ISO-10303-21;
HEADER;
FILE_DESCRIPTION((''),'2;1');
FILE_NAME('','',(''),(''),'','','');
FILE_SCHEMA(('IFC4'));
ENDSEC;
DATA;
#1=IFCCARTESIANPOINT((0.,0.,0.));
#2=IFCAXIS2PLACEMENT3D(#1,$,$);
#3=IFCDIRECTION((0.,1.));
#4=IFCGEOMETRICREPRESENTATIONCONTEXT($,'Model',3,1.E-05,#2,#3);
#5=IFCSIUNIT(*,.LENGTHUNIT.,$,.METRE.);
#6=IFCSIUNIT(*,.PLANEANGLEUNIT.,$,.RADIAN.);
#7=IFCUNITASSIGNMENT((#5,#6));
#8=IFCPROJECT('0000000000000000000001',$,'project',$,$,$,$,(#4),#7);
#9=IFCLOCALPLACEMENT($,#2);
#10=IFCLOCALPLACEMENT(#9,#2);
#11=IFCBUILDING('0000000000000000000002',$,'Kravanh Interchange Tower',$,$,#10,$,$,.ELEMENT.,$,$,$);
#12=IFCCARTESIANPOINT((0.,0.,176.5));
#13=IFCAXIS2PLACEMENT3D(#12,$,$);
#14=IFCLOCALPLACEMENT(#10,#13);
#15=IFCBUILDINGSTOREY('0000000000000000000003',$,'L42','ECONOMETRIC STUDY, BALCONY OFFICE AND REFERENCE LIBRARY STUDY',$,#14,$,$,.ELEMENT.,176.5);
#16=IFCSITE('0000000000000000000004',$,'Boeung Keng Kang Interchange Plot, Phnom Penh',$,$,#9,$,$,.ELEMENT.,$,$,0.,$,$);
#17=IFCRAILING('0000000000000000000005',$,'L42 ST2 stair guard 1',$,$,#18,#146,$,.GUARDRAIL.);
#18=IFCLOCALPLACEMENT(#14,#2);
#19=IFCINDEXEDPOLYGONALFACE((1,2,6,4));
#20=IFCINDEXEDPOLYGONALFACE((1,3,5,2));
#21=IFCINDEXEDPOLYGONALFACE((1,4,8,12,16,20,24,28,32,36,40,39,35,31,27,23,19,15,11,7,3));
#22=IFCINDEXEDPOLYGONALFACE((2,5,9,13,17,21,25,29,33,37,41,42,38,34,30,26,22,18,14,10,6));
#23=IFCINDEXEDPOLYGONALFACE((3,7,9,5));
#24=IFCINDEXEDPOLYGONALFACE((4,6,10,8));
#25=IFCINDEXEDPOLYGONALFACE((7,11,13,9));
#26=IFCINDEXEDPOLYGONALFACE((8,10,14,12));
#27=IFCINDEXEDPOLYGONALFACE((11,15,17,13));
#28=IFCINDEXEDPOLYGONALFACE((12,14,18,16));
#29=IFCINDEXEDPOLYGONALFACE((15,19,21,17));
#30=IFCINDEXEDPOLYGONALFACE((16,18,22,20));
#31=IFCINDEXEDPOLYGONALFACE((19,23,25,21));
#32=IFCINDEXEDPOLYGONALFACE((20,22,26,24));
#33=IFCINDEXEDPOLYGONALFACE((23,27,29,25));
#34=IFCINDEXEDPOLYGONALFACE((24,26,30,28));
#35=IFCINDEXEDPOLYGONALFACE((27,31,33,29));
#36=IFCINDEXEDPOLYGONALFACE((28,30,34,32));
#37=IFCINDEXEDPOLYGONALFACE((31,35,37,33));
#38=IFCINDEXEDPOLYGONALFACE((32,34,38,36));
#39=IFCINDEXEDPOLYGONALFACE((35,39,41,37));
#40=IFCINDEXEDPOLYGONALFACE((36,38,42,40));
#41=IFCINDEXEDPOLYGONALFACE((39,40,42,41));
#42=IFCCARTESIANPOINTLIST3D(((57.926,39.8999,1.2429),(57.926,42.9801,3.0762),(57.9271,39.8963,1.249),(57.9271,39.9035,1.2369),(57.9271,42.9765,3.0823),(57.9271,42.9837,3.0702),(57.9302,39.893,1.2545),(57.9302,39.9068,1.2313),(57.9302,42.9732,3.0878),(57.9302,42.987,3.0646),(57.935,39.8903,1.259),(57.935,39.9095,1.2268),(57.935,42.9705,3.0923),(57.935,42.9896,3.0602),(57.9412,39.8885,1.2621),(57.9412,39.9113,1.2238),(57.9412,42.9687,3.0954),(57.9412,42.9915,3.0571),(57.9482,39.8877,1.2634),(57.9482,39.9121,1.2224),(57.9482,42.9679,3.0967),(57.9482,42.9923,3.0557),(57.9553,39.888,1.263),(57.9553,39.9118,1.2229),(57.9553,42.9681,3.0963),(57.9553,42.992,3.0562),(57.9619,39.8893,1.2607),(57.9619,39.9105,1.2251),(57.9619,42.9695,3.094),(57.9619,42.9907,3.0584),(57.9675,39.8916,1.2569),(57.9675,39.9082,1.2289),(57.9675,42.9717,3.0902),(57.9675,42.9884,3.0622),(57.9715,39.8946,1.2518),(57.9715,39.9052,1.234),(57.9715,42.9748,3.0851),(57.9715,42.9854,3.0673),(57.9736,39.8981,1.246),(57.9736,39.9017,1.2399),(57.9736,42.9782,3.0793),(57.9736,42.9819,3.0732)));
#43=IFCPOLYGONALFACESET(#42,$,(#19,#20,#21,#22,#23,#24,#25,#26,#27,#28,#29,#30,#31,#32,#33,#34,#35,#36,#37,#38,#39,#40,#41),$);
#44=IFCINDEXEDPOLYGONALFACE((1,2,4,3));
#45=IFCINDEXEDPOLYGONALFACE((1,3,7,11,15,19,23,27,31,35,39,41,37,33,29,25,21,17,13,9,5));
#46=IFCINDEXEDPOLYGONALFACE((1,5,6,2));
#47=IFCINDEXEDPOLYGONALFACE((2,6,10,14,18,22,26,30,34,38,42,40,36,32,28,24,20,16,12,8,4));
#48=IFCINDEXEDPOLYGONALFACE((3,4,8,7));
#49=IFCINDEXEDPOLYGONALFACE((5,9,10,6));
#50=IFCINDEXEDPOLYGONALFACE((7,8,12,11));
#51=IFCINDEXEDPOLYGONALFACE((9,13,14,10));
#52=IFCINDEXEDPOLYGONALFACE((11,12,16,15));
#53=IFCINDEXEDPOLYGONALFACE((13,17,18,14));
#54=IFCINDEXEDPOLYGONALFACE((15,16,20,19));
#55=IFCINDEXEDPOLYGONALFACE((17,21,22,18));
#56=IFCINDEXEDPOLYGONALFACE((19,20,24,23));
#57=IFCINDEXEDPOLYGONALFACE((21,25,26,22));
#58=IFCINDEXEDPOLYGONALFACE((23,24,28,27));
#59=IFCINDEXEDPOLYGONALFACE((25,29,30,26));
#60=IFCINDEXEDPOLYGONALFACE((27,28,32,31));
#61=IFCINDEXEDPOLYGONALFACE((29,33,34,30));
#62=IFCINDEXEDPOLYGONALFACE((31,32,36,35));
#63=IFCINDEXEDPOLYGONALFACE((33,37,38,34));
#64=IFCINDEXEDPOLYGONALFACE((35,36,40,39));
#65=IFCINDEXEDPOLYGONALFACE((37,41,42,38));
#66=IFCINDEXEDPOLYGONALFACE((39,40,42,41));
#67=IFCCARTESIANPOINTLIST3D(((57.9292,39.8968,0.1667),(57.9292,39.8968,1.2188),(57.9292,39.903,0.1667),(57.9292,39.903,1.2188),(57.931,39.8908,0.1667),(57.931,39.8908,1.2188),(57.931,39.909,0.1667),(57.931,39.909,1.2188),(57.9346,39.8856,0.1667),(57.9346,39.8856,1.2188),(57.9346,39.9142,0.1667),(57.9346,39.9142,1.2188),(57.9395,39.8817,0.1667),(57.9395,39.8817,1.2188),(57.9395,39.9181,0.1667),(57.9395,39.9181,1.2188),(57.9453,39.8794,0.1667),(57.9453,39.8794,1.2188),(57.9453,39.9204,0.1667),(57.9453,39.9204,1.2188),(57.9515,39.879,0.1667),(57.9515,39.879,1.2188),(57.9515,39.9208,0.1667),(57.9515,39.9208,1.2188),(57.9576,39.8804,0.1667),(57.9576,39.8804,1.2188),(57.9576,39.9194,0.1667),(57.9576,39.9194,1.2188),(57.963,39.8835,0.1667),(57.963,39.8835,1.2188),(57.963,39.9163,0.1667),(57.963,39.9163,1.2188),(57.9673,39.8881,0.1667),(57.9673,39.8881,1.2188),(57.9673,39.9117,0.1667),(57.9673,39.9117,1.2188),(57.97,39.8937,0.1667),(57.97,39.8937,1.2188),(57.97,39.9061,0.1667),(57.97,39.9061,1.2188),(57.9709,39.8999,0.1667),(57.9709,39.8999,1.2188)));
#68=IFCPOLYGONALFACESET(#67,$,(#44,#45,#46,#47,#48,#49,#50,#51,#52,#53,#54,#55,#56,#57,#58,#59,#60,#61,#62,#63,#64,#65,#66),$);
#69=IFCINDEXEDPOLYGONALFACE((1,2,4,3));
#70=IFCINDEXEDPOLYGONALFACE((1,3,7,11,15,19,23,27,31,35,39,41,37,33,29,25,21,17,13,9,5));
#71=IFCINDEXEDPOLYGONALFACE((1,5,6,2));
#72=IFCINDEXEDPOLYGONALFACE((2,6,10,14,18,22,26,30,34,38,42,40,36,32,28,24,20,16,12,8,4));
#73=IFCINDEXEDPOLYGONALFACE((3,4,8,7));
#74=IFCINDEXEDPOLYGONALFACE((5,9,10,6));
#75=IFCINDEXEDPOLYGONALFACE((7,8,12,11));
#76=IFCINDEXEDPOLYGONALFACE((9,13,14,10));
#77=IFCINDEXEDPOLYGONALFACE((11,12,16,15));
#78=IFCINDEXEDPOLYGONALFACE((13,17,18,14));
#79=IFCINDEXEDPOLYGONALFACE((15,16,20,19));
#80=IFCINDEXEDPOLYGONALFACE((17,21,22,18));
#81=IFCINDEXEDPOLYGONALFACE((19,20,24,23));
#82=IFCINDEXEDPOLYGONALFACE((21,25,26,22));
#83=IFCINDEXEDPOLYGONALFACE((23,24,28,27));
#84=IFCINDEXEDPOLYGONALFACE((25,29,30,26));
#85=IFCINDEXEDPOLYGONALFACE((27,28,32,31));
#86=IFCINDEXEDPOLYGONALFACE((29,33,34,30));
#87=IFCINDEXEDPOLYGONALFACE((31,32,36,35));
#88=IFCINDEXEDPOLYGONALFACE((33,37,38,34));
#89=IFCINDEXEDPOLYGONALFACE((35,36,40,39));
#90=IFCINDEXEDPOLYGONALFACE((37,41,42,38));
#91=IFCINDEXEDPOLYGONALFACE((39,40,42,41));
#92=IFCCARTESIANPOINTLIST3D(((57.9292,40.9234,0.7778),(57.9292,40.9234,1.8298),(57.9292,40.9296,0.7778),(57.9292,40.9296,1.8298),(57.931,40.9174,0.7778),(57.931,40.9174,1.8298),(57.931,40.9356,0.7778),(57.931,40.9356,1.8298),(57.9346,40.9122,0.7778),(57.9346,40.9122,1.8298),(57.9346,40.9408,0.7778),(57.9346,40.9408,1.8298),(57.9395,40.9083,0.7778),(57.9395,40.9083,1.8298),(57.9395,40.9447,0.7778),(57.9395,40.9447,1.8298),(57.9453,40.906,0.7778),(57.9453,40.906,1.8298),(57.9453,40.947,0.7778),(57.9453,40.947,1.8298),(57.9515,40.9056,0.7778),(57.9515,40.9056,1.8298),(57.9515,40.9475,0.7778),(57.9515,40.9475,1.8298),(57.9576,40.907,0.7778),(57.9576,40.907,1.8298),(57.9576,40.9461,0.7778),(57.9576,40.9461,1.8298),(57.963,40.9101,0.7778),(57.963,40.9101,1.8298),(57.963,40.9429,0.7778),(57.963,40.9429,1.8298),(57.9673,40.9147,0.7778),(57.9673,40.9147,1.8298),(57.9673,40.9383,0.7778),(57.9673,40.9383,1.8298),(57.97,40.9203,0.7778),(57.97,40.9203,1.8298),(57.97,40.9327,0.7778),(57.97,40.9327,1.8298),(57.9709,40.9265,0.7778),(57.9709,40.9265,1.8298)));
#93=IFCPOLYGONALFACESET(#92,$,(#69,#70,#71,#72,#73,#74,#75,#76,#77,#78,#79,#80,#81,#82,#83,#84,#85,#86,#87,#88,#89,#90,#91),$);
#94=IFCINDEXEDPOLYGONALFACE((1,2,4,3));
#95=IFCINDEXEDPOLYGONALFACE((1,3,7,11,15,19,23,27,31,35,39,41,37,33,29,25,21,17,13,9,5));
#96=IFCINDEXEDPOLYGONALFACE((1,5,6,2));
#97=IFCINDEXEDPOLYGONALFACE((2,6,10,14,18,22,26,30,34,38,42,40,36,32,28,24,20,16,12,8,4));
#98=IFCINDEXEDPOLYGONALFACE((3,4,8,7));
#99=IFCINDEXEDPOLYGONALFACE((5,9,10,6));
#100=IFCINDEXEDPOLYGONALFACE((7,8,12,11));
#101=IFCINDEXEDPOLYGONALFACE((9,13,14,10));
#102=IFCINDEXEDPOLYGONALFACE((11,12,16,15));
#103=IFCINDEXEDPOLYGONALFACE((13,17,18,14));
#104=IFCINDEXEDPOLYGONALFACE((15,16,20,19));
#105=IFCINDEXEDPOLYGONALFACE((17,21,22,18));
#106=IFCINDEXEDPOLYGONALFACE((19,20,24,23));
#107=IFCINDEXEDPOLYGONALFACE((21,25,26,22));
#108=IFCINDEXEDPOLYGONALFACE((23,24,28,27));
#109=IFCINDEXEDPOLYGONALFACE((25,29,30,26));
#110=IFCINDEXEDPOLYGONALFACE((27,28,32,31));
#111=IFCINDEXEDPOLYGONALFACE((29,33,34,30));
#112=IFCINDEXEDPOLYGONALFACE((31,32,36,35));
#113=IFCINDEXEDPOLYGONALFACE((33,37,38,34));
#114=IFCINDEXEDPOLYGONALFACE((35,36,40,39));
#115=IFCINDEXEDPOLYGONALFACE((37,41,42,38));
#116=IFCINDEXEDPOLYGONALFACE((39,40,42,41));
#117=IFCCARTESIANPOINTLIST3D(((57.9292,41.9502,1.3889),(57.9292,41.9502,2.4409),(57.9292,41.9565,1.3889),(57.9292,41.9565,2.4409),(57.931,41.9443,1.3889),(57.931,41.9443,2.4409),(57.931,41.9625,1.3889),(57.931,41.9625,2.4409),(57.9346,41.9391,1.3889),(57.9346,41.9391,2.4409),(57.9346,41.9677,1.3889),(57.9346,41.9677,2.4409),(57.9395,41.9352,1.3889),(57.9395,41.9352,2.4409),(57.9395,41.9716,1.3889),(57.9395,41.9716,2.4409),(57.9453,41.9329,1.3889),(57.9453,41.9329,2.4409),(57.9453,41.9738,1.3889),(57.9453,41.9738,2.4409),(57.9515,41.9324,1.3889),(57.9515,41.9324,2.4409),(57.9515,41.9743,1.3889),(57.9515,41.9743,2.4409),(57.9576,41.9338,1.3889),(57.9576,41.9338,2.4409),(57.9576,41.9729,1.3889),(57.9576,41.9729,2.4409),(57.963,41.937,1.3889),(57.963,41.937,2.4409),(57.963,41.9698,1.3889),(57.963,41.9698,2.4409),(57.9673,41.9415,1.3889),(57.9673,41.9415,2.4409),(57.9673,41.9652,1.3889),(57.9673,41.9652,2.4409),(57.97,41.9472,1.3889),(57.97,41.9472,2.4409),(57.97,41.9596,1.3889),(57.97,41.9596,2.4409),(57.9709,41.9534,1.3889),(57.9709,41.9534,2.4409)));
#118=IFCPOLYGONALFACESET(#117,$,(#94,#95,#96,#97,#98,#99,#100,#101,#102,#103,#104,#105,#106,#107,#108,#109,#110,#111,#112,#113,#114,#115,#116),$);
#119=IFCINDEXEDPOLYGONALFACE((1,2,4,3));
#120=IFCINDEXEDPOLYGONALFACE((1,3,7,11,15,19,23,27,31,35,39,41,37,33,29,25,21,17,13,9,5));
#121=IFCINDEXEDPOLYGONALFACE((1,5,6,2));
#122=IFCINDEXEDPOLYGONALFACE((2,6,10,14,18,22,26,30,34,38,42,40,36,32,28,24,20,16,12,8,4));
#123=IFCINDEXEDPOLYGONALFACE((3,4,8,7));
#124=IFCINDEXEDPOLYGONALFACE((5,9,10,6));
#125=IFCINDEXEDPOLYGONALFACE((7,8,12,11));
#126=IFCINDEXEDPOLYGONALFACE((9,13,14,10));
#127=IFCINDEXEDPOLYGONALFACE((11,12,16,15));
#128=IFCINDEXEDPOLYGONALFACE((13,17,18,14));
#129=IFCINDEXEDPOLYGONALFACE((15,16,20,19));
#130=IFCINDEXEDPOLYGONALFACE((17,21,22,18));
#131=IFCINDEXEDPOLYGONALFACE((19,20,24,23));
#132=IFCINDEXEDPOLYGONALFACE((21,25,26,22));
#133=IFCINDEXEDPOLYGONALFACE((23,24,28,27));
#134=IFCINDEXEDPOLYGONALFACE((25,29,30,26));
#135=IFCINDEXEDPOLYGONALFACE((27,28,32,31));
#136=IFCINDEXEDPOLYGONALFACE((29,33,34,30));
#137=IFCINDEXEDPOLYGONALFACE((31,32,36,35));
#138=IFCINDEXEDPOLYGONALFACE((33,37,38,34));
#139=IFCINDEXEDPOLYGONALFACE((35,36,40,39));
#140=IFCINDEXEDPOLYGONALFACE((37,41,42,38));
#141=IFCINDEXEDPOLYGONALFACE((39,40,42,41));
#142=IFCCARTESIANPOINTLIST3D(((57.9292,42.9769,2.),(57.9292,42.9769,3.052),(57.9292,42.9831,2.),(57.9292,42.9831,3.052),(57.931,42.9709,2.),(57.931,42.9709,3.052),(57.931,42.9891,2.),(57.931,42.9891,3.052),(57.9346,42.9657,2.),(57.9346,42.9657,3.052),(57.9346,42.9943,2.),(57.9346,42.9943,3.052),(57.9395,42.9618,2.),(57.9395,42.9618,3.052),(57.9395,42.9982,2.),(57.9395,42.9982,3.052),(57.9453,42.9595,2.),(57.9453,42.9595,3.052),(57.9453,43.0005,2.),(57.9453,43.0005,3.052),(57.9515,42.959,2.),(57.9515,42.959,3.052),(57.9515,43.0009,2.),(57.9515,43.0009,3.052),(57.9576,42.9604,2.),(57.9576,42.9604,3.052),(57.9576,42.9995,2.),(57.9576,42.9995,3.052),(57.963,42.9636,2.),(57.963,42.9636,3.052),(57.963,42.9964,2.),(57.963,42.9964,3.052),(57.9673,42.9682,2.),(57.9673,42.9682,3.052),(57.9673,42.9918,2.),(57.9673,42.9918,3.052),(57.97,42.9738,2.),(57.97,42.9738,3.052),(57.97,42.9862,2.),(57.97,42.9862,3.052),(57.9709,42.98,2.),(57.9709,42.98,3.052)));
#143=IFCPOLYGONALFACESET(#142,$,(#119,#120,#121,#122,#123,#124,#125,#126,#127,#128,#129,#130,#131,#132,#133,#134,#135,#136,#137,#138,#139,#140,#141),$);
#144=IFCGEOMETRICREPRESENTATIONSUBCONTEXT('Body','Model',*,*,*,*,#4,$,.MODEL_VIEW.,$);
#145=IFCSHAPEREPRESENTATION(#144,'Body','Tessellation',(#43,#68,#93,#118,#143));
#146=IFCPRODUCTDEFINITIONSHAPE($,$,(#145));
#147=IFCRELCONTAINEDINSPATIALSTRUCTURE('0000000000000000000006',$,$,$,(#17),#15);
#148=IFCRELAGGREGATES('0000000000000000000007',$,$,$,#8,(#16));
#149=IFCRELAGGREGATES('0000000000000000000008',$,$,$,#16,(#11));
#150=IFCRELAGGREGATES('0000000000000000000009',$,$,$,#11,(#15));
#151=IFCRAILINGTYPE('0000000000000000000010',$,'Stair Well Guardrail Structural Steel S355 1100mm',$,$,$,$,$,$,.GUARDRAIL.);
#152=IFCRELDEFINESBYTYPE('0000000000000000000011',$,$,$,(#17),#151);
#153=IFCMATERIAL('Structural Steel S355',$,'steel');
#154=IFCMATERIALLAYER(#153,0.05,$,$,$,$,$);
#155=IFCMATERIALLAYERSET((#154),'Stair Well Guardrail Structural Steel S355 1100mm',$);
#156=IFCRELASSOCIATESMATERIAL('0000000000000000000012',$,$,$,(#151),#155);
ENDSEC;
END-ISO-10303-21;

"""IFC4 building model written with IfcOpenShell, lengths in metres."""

from ifc_helpers import new_model, si_unit, direction, frame, origin, origin_2d, place, context, subcontext, project, spatial, circle, extrude, material, layer, layer_set, type_object, element, save


model = new_model("IFC4")

# Units and contexts
model_context = context("Model", 3, precision=1e-05, world=origin(), true_north=direction((0.0, 1.0)))
body_context = subcontext(model_context, "Body", "Model", "MODEL_VIEW")
ifc_project = project(units=[si_unit("LENGTHUNIT", "METRE"), si_unit("PLANEANGLEUNIT", "RADIAN")], contexts=[model_context])

# Site, building, storey
site_placement = place(None, origin())
site = spatial("IfcSite", under=ifc_project, at=site_placement, Name="Boeung Keng Kang Interchange Plot, Phnom Penh", CompositionType="ELEMENT", RefElevation=0.0)
building_placement = place(site_placement, origin())
building = spatial("IfcBuilding", under=site, at=building_placement, Name="Kravanh Interchange Tower", CompositionType="ELEMENT")
storey_placement = place(building_placement, frame((0.0, 0.0, 176.5)))
storey = spatial("IfcBuildingStorey", under=building, at=storey_placement, Name="L42", Description="ECONOMETRIC STUDY, BALCONY OFFICE AND REFERENCE LIBRARY STUDY", CompositionType="ELEMENT", Elevation=176.5)

# Railing
ifc_material_1 = material(Name="Structural Steel S355", Category="steel")
ifc_layer_1 = layer(ifc_material_1, 0.05)
ifc_layer_set_1 = layer_set([ifc_layer_1], Name="Stair Well Guardrail Structural Steel S355 1100mm")
railing_type_1 = type_object("IfcRailingType", Name="Stair Well Guardrail Structural Steel S355 1100mm", PredefinedType="GUARDRAIL", material=ifc_layer_set_1)
railing_1_placement = place(storey_placement, frame((57.95, 39.8999, 0.1667)))
element("IfcRailing", 1, at=railing_1_placement, inside=storey, type_object=railing_type_1, Name="L42 ST2 stair guard 1", PredefinedType="GUARDRAIL", context=body_context, shape_type="SweptSolid", body=[
    extrude(circle(Radius=0.0239, at=origin_2d()), frame((0.0, 0.0, 1.0762), z_axis=(0.0, 0.859309, 0.511458), x_axis=(-1.0, 0.0, 0.0)), (0.0, 0.0, 1.0), 3.5845),
    extrude(circle(Radius=0.021, at=origin_2d()), origin(), (0.0, 0.0, 1.0), 1.052),
    extrude(circle(Radius=0.021, at=origin_2d()), frame((0.0, 1.0266, 0.6111)), (0.0, 0.0, 1.0), 1.052),
    extrude(circle(Radius=0.021, at=origin_2d()), frame((0.0, 2.0535, 1.2222)), (0.0, 0.0, 1.0), 1.052),
    extrude(circle(Radius=0.021, at=origin_2d()), frame((0.0, 3.0801, 1.8333)), (0.0, 0.0, 1.0), 1.052),
])

save(model, "model.ifc")
